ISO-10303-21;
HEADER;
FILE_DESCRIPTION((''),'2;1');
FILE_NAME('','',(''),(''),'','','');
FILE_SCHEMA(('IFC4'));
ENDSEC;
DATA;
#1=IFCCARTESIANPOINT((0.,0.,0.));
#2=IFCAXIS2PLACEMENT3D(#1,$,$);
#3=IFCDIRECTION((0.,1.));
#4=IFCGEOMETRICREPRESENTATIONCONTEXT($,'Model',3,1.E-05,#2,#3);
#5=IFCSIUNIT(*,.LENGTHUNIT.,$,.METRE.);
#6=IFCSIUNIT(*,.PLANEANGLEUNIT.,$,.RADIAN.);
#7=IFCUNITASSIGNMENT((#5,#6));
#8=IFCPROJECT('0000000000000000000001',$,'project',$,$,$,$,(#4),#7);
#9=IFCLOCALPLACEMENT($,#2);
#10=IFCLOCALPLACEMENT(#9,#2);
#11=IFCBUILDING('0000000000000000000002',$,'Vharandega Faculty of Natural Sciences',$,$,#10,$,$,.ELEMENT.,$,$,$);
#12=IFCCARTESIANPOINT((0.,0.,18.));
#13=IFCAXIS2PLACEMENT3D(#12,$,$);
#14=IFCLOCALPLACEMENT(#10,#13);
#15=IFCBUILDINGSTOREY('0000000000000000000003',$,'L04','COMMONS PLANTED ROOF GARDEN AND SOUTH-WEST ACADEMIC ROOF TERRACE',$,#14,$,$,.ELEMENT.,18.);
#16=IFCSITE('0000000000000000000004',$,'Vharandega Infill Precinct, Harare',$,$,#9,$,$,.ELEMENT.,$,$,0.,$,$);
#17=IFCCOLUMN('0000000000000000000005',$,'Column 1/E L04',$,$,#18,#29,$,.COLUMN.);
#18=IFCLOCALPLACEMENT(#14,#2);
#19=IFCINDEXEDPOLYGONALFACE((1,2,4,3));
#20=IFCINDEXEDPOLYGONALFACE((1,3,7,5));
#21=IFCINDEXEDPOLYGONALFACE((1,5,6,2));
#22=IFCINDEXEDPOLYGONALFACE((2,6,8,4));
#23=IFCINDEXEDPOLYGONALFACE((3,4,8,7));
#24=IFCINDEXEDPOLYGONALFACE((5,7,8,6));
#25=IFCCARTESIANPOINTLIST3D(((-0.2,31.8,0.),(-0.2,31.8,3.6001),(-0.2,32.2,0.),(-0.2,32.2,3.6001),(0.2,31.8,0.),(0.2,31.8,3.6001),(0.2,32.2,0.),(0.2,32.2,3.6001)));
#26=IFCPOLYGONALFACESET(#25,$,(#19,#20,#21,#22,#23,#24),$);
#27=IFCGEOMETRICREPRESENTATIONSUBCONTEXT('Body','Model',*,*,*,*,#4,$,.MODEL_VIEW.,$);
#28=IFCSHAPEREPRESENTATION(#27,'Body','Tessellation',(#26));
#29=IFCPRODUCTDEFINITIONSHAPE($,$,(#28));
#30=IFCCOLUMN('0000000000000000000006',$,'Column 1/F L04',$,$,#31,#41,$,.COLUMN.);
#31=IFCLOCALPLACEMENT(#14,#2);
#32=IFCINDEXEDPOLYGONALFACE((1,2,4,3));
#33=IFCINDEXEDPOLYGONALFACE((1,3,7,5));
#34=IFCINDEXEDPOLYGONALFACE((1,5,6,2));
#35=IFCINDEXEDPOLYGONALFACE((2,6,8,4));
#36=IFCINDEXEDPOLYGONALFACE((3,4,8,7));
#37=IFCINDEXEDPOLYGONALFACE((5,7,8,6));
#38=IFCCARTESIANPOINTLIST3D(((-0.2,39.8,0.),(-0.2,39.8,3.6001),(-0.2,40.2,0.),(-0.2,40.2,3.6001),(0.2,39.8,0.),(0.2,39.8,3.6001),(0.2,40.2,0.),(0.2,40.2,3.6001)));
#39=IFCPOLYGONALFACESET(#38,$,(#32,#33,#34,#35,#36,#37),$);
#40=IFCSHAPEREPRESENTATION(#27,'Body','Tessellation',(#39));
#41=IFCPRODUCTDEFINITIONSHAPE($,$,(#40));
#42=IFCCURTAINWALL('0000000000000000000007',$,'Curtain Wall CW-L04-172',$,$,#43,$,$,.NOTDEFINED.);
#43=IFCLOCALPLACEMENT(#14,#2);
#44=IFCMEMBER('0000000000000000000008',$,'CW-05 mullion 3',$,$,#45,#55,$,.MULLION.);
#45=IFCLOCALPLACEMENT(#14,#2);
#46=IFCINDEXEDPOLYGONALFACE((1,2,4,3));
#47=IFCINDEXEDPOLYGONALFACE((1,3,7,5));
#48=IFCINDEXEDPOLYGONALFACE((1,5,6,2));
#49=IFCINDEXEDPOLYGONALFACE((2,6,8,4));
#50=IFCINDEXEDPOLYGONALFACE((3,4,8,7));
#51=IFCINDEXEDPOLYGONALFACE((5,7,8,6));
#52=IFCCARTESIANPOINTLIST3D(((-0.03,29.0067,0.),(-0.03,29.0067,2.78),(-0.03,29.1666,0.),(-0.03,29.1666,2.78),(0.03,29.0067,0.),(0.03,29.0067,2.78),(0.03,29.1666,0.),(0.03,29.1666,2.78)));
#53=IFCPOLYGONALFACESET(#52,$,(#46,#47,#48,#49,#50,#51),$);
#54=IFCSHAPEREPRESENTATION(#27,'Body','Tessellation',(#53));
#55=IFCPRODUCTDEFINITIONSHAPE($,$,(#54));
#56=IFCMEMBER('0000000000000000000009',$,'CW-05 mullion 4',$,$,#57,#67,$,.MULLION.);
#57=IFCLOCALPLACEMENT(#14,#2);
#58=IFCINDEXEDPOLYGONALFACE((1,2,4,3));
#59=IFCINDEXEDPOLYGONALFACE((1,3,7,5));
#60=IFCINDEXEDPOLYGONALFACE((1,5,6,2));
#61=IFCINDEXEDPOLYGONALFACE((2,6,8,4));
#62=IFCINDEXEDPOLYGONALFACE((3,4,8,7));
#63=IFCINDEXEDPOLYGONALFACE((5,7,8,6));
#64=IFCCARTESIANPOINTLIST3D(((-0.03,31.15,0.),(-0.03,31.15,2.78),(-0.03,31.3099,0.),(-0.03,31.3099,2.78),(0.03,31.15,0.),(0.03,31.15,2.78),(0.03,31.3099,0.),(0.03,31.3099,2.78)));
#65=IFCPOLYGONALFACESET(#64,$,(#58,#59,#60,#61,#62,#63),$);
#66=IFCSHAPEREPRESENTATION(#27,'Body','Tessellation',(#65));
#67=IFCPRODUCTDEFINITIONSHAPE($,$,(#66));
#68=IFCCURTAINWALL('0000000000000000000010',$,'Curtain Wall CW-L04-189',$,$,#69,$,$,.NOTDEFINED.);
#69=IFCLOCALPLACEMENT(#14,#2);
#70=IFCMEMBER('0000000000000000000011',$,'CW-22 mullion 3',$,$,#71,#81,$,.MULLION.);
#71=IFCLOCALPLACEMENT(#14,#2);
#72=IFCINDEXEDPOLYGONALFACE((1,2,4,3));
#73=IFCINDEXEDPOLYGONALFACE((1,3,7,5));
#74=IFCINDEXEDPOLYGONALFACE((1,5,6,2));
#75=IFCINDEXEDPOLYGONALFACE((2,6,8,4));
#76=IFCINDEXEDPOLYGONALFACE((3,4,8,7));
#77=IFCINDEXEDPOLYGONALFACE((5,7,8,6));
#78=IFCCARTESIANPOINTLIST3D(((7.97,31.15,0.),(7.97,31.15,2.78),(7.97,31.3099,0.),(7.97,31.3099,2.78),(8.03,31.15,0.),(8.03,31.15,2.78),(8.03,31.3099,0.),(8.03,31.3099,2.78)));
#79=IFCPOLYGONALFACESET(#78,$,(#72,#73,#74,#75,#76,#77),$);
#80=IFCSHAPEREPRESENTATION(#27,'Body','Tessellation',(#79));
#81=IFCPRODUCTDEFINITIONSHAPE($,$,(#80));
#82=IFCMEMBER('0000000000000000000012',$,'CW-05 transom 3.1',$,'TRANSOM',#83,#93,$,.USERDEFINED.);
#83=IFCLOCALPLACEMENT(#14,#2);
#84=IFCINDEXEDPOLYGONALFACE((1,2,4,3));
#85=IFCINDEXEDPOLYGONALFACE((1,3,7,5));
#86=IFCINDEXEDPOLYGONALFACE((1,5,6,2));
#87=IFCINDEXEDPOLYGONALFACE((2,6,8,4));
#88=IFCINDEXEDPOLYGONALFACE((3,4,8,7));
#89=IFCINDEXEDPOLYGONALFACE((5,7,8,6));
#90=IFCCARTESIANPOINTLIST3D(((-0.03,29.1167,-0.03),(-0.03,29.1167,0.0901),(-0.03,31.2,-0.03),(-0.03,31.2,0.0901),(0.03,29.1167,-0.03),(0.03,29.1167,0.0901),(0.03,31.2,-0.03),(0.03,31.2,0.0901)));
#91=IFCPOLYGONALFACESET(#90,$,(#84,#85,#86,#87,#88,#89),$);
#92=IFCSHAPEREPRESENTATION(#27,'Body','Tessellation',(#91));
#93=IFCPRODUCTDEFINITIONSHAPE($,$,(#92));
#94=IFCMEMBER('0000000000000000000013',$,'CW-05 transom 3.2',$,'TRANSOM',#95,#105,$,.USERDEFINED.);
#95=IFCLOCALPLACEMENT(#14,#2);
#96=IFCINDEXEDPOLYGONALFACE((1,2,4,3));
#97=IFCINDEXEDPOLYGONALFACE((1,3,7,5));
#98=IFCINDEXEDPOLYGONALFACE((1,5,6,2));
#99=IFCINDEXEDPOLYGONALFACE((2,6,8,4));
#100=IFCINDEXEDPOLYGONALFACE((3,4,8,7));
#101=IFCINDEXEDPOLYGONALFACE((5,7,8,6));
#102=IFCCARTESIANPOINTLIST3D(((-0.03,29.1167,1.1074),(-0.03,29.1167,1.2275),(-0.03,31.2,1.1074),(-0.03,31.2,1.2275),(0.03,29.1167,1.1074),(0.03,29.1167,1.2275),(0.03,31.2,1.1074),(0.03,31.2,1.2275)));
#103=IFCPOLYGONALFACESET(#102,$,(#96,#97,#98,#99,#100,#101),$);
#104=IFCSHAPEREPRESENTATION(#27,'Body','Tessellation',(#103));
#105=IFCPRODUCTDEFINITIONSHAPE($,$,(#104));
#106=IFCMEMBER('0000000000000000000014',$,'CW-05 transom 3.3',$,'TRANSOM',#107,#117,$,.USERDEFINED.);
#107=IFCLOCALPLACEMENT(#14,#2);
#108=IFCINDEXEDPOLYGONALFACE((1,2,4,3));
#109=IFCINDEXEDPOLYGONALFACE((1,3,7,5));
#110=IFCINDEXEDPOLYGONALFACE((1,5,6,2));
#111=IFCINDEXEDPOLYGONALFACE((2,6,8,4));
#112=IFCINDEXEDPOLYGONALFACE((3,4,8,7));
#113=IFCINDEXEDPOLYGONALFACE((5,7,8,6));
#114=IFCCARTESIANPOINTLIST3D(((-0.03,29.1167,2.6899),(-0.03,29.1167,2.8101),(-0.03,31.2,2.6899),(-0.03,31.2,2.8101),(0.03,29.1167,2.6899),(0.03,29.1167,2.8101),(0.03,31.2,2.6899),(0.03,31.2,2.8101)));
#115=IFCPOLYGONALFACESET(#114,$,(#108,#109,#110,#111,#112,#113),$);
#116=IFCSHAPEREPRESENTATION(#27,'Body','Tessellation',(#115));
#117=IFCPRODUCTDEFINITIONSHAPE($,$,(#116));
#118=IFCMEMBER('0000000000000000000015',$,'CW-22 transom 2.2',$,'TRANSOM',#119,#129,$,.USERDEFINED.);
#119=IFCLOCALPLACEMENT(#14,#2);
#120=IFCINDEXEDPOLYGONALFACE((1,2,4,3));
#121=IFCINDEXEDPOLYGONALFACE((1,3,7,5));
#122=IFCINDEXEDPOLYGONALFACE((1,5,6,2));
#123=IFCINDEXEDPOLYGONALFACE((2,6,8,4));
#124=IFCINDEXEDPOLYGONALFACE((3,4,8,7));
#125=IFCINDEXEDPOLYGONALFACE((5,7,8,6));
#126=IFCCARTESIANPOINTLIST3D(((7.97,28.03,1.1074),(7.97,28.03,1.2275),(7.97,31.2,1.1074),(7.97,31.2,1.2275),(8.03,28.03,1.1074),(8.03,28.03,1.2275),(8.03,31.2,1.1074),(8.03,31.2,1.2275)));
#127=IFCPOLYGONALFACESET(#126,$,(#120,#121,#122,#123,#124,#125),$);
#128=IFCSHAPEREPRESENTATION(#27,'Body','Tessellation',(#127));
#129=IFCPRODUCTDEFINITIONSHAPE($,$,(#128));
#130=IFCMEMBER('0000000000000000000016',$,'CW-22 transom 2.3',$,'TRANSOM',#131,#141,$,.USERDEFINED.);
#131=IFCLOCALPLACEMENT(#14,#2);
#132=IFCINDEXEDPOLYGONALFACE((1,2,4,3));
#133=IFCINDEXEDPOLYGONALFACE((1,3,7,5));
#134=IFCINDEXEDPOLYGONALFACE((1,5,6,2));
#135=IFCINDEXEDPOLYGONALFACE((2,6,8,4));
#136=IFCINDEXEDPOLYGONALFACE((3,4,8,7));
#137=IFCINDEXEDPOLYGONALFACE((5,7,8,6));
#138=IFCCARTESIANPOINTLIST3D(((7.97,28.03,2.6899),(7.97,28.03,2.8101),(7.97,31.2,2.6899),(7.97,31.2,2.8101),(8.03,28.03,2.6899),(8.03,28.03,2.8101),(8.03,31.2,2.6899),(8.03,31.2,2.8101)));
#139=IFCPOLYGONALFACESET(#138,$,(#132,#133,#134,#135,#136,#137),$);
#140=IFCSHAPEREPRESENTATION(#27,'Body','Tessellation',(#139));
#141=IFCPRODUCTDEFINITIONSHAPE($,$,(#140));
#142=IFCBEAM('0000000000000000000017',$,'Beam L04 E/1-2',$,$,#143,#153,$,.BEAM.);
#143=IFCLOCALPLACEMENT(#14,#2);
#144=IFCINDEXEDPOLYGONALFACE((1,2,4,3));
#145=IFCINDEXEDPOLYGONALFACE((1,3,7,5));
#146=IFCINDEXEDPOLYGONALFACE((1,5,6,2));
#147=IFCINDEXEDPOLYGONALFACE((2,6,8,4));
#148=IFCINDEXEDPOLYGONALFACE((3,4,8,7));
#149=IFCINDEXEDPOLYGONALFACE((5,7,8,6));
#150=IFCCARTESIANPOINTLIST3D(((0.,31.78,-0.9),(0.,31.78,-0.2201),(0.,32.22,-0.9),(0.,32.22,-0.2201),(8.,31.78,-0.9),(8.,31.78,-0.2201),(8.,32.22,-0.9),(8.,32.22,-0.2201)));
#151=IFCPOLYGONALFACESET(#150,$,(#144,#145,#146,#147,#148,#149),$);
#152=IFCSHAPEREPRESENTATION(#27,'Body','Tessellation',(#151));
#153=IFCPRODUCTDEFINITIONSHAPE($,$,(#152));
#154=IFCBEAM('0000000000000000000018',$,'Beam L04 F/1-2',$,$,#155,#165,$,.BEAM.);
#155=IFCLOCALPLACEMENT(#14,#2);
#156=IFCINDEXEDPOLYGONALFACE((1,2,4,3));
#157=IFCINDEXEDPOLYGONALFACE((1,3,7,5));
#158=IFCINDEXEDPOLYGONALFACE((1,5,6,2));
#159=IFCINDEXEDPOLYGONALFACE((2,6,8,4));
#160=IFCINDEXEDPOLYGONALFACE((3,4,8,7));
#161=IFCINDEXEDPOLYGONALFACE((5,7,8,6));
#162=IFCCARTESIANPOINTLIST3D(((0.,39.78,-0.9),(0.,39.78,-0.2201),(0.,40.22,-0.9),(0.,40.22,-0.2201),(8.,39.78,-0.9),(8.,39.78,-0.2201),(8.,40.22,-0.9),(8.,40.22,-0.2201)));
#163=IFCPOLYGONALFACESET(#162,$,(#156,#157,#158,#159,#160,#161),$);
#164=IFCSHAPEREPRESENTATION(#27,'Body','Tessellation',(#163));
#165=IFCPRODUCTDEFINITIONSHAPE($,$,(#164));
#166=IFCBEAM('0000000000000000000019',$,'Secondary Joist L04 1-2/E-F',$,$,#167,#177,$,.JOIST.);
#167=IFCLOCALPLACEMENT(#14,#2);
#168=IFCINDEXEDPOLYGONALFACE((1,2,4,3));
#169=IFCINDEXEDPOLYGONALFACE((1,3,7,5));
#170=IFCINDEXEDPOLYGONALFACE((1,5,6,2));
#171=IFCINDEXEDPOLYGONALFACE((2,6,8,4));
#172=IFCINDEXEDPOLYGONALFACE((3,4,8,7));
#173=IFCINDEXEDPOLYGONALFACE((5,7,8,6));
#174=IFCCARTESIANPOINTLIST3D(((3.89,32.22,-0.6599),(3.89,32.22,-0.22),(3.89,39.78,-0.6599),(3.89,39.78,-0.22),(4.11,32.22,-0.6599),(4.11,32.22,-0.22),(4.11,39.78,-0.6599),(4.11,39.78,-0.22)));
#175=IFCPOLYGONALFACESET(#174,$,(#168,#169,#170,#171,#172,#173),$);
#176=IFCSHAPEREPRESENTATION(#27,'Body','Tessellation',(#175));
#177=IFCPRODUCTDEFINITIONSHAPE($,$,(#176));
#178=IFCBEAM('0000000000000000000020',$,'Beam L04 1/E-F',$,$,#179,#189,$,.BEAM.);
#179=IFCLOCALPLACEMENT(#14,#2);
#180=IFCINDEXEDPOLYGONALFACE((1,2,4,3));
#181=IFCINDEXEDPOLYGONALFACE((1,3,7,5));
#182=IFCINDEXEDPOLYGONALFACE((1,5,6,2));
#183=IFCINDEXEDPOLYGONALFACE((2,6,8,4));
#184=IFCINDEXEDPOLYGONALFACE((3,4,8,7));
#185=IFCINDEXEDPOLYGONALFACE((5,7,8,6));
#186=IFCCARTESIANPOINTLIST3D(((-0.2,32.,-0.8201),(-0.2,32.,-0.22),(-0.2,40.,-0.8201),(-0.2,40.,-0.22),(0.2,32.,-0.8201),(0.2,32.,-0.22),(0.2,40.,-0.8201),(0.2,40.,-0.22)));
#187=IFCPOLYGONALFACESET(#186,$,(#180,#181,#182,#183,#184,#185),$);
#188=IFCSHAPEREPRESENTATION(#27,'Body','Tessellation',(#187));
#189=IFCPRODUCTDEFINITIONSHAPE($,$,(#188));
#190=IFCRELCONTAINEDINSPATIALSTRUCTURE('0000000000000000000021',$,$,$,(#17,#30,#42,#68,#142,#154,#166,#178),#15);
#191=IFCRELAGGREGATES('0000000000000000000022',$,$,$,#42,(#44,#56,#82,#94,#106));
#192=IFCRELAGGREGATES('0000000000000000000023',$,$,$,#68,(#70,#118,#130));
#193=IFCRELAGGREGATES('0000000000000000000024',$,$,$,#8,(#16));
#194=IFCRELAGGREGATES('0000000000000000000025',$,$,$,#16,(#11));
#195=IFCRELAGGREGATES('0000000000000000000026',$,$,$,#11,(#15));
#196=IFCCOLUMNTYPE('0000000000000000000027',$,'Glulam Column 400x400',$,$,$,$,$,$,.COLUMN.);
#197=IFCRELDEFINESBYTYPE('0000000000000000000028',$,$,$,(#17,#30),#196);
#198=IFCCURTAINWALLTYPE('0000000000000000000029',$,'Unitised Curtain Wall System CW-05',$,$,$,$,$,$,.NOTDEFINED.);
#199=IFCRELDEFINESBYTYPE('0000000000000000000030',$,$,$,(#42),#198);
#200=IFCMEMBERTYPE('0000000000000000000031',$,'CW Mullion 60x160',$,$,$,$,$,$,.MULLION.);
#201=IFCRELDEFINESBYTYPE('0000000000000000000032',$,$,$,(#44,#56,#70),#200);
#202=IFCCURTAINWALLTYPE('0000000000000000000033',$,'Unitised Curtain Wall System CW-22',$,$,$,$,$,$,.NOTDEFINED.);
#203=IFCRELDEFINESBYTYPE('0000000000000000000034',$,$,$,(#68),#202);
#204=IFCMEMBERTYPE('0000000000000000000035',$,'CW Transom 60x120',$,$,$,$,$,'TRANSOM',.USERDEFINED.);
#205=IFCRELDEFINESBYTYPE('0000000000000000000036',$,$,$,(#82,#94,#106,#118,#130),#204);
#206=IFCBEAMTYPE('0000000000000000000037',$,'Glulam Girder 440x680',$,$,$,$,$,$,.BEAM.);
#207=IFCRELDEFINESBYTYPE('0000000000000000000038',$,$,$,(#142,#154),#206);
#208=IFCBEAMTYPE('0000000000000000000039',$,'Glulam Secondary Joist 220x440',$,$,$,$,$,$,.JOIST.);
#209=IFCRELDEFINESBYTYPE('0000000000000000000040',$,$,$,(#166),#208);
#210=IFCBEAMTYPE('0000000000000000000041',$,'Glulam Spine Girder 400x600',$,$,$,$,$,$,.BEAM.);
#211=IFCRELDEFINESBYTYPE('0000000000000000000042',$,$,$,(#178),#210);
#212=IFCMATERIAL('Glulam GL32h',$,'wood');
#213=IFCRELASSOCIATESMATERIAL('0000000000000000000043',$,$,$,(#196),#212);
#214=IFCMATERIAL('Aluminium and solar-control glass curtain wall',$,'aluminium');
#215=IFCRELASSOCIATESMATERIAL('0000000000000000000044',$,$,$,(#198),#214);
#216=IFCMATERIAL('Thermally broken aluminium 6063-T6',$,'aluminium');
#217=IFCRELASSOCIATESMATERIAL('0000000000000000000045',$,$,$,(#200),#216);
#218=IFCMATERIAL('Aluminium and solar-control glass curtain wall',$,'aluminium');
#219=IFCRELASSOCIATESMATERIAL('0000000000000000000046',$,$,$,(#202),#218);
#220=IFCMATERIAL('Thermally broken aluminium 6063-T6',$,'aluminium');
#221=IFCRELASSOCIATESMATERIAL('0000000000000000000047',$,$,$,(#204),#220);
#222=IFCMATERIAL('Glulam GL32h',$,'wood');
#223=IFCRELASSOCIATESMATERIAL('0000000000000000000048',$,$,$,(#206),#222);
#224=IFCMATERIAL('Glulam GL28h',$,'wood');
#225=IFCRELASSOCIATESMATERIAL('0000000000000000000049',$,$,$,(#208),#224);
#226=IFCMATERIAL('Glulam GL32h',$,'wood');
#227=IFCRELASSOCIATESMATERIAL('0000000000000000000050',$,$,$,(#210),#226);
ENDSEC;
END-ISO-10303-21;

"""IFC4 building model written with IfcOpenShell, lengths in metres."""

from ifc_helpers import new_model, si_unit, direction, frame, origin, origin_2d, place, context, subcontext, project, spatial, rectangle, extrude, material, material_profile, profile_set, type_object, element, aggregate, save


model = new_model("IFC4")

# Units and contexts
model_context = context("Model", 3, precision=1e-05, world=origin(), true_north=direction((0.0, 1.0)))
body_context = subcontext(model_context, "Body", "Model", "MODEL_VIEW")
ifc_project = project(units=[si_unit("LENGTHUNIT", "METRE"), si_unit("PLANEANGLEUNIT", "RADIAN")], contexts=[model_context])

# Site, building, storey
site_placement = place(None, origin())
site = spatial("IfcSite", under=ifc_project, at=site_placement, Name="Vharandega Infill Precinct, Harare", CompositionType="ELEMENT", RefElevation=0.0)
building_placement = place(site_placement, origin())
building = spatial("IfcBuilding", under=site, at=building_placement, Name="Vharandega Faculty of Natural Sciences", CompositionType="ELEMENT")
storey_placement = place(building_placement, frame((0.0, 0.0, 18.0)))
storey = spatial("IfcBuildingStorey", under=building, at=storey_placement, Name="L04", Description="COMMONS PLANTED ROOF GARDEN AND SOUTH-WEST ACADEMIC ROOF TERRACE", CompositionType="ELEMENT", Elevation=18.0)

# Columns
ifc_material_1 = material(Name="Glulam GL32h", Category="wood")
ifc_material_profile_1 = material_profile(ifc_material_1, rectangle(XDim=0.3999, YDim=0.3999, at=origin_2d()), Name="GL32h 400x400")
ifc_profile_set_1 = profile_set([ifc_material_profile_1], Name="Glulam GL32h")
column_type = type_object("IfcColumnType", Name="Glulam Column 400x400", PredefinedType="COLUMN", material=ifc_profile_set_1)
for number, where, z_axis, x_axis, name in (
    (1, (0.0, 32.0, 0.0), (0.0, 0.0, 1.0), (1.0, 0.0, 0.0), "Column 1/E L04"),
    (2, (0.0, 40.0, 0.0), (0.0, 0.0, 1.0), (1.0, 0.0, 0.0), "Column 1/F L04"),
):
    element("IfcColumn", number, at=place(storey_placement, frame(where, z_axis=z_axis, x_axis=x_axis)), inside=storey, type_object=column_type, Name=name, PredefinedType="COLUMN", context=body_context, shape_type="SweptSolid", body=[
        extrude(rectangle(XDim=0.3999, YDim=0.3999, at=origin_2d()), origin(), (0.0, 0.0, 1.0), 3.6001),
    ])

# Curtain wall, members
ifc_material_2 = material(Name="Aluminium and solar-control glass curtain wall", Category="aluminium")
curtain_wall_type_1 = type_object("IfcCurtainWallType", Name="Unitised Curtain Wall System CW-05", PredefinedType="NOTDEFINED", material=ifc_material_2)
curtain_wall_1_placement = place(storey_placement, origin())
curtain_wall_1 = element("IfcCurtainWall", 3, at=curtain_wall_1_placement, inside=storey, type_object=curtain_wall_type_1, Name="Curtain Wall CW-L04-172", PredefinedType="NOTDEFINED")
ifc_material_3 = material(Name="Thermally broken aluminium 6063-T6", Category="aluminium")
ifc_material_profile_2 = material_profile(ifc_material_3, rectangle(XDim=0.0601, YDim=0.1599, at=origin_2d()), Name="ALU 60x160")
ifc_profile_set_2 = profile_set([ifc_material_profile_2], Name="Thermally broken aluminium 6063-T6")
member_type_1 = type_object("IfcMemberType", Name="CW Mullion 60x160", PredefinedType="MULLION", material=ifc_profile_set_2)
member_1_placement = place(storey_placement, frame((0.0, 29.0867, 0.0), z_axis=(0.0, 0.0, 1.0), x_axis=(-1.0, 0.0, 0.0)))
member_1 = element("IfcMember", 4, at=member_1_placement, type_object=member_type_1, Name="CW-05 mullion 3", PredefinedType="MULLION", context=body_context, shape_type="SweptSolid", body=[
    extrude(rectangle(XDim=0.0601, YDim=0.1599, at=origin_2d()), origin(), (0.0, 0.0, 1.0), 2.78),
])
member_2_placement = place(storey_placement, frame((0.0, 31.23, 0.0), z_axis=(0.0, 0.0, 1.0), x_axis=(-1.0, 0.0, 0.0)))
member_2 = element("IfcMember", 5, at=member_2_placement, type_object=member_type_1, Name="CW-05 mullion 4", PredefinedType="MULLION", context=body_context, shape_type="SweptSolid", body=[
    extrude(rectangle(XDim=0.0601, YDim=0.1599, at=origin_2d()), origin(), (0.0, 0.0, 1.0), 2.78),
])

# Curtain wall, member
ifc_material_4 = material(Name="Aluminium and solar-control glass curtain wall", Category="aluminium")
curtain_wall_type_2 = type_object("IfcCurtainWallType", Name="Unitised Curtain Wall System CW-22", PredefinedType="NOTDEFINED", material=ifc_material_4)
curtain_wall_2_placement = place(storey_placement, origin())
curtain_wall_2 = element("IfcCurtainWall", 6, at=curtain_wall_2_placement, inside=storey, type_object=curtain_wall_type_2, Name="Curtain Wall CW-L04-189", PredefinedType="NOTDEFINED")
member_3_placement = place(storey_placement, frame((8.0, 31.23, 0.0), z_axis=(0.0, 0.0, 1.0), x_axis=(-1.0, 0.0, 0.0)))
member_3 = element("IfcMember", 7, at=member_3_placement, type_object=member_type_1, Name="CW-22 mullion 3", PredefinedType="MULLION", context=body_context, shape_type="SweptSolid", body=[
    extrude(rectangle(XDim=0.0601, YDim=0.1599, at=origin_2d()), origin(), (0.0, 0.0, 1.0), 2.78),
])

# Members
ifc_material_5 = material(Name="Thermally broken aluminium 6063-T6", Category="aluminium")
ifc_material_profile_3 = material_profile(ifc_material_5, rectangle(XDim=0.0601, YDim=0.1201, at=origin_2d()), Name="ALU 60x120")
ifc_profile_set_3 = profile_set([ifc_material_profile_3], Name="Thermally broken aluminium 6063-T6")
member_type_2 = type_object("IfcMemberType", Name="CW Transom 60x120", ElementType="TRANSOM", PredefinedType="USERDEFINED", material=ifc_profile_set_3)
member_4_placement = place(storey_placement, frame((0.0, 29.1167, 0.03), z_axis=(0.0, 1.0, 0.0), x_axis=(-1.0, 0.0, 0.0)))
member_4 = element("IfcMember", 8, at=member_4_placement, type_object=member_type_2, Name="CW-05 transom 3.1", ObjectType="TRANSOM", PredefinedType="USERDEFINED", context=body_context, shape_type="SweptSolid", body=[
    extrude(rectangle(XDim=0.0601, YDim=0.1201, at=origin_2d()), origin(), (0.0, 0.0, 1.0), 2.0833),
])
member_5_placement = place(storey_placement, frame((0.0, 29.1167, 1.1675), z_axis=(0.0, 1.0, 0.0), x_axis=(-1.0, 0.0, 0.0)))
member_5 = element("IfcMember", 9, at=member_5_placement, type_object=member_type_2, Name="CW-05 transom 3.2", ObjectType="TRANSOM", PredefinedType="USERDEFINED", context=body_context, shape_type="SweptSolid", body=[
    extrude(rectangle(XDim=0.0601, YDim=0.1201, at=origin_2d()), origin(), (0.0, 0.0, 1.0), 2.0833),
])
member_6_placement = place(storey_placement, frame((0.0, 29.1167, 2.75), z_axis=(0.0, 1.0, 0.0), x_axis=(-1.0, 0.0, 0.0)))
member_6 = element("IfcMember", 10, at=member_6_placement, type_object=member_type_2, Name="CW-05 transom 3.3", ObjectType="TRANSOM", PredefinedType="USERDEFINED", context=body_context, shape_type="SweptSolid", body=[
    extrude(rectangle(XDim=0.0601, YDim=0.1201, at=origin_2d()), origin(), (0.0, 0.0, 1.0), 2.0833),
])
member_7_placement = place(storey_placement, frame((8.0, 28.03, 1.1675), z_axis=(0.0, 1.0, 0.0), x_axis=(-1.0, 0.0, 0.0)))
member_7 = element("IfcMember", 11, at=member_7_placement, type_object=member_type_2, Name="CW-22 transom 2.2", ObjectType="TRANSOM", PredefinedType="USERDEFINED", context=body_context, shape_type="SweptSolid", body=[
    extrude(rectangle(XDim=0.0601, YDim=0.1201, at=origin_2d()), origin(), (0.0, 0.0, 1.0), 3.1699),
])
member_8_placement = place(storey_placement, frame((8.0, 28.03, 2.75), z_axis=(0.0, 1.0, 0.0), x_axis=(-1.0, 0.0, 0.0)))
member_8 = element("IfcMember", 12, at=member_8_placement, type_object=member_type_2, Name="CW-22 transom 2.3", ObjectType="TRANSOM", PredefinedType="USERDEFINED", context=body_context, shape_type="SweptSolid", body=[
    extrude(rectangle(XDim=0.0601, YDim=0.1201, at=origin_2d()), origin(), (0.0, 0.0, 1.0), 3.1699),
])

# Beams
ifc_material_6 = material(Name="Glulam GL32h", Category="wood")
ifc_material_profile_4 = material_profile(ifc_material_6, rectangle(XDim=0.4399, YDim=0.6799, at=origin_2d()), Name="GL32h 440x680")
ifc_profile_set_4 = profile_set([ifc_material_profile_4], Name="Glulam GL32h")
beam_type_1 = type_object("IfcBeamType", Name="Glulam Girder 440x680", PredefinedType="BEAM", material=ifc_profile_set_4)
for number, where, z_axis, x_axis, name in (
    (13, (0.0, 32.0, -0.5601), (1.0, 0.0, 0.0), (0.0, 1.0, 0.0), "Beam L04 E/1-2"),
    (14, (0.0, 40.0, -0.5601), (1.0, 0.0, 0.0), (0.0, 1.0, 0.0), "Beam L04 F/1-2"),
):
    element("IfcBeam", number, at=place(storey_placement, frame(where, z_axis=z_axis, x_axis=x_axis)), inside=storey, type_object=beam_type_1, Name=name, PredefinedType="BEAM", context=body_context, shape_type="SweptSolid", body=[
        extrude(rectangle(XDim=0.4399, YDim=0.6799, at=origin_2d()), origin(), (0.0, 0.0, 1.0), 8.0),
    ])
ifc_material_7 = material(Name="Glulam GL28h", Category="wood")
ifc_material_profile_5 = material_profile(ifc_material_7, rectangle(XDim=0.22, YDim=0.4399, at=origin_2d()), Name="GL28h 220x440")
ifc_profile_set_5 = profile_set([ifc_material_profile_5], Name="Glulam GL28h")
beam_type_2 = type_object("IfcBeamType", Name="Glulam Secondary Joist 220x440", PredefinedType="JOIST", material=ifc_profile_set_5)
beam_placement = place(storey_placement, frame((4.0, 32.22, -0.4399), z_axis=(0.0, 1.0, 0.0), x_axis=(-1.0, 0.0, 0.0)))
element("IfcBeam", 15, at=beam_placement, inside=storey, type_object=beam_type_2, Name="Secondary Joist L04 1-2/E-F", PredefinedType="JOIST", context=body_context, shape_type="SweptSolid", body=[
    extrude(rectangle(XDim=0.22, YDim=0.4399, at=origin_2d()), origin(), (0.0, 0.0, 1.0), 7.5601),
])
ifc_material_8 = material(Name="Glulam GL32h", Category="wood")
ifc_material_profile_6 = material_profile(ifc_material_8, rectangle(XDim=0.3999, YDim=0.6001, at=origin_2d()), Name="GL32h 400x600")
ifc_profile_set_6 = profile_set([ifc_material_profile_6], Name="Glulam GL32h")
beam_type_3 = type_object("IfcBeamType", Name="Glulam Spine Girder 400x600", PredefinedType="BEAM", material=ifc_profile_set_6)
for number, where, z_axis, x_axis, name in (
    (16, (0.0, 32.0, -0.52), (0.0, 1.0, 0.0), (-1.0, 0.0, 0.0), "Beam L04 1/E-F"),
):
    element("IfcBeam", number, at=place(storey_placement, frame(where, z_axis=z_axis, x_axis=x_axis)), inside=storey, type_object=beam_type_3, Name=name, PredefinedType="BEAM", context=body_context, shape_type="SweptSolid", body=[
        extrude(rectangle(XDim=0.3999, YDim=0.6001, at=origin_2d()), origin(), (0.0, 0.0, 1.0), 8.0),
    ])

aggregate(curtain_wall_1, [member_1, member_2, member_4, member_5, member_6])
aggregate(curtain_wall_2, [member_3, member_7, member_8])

save(model, "model.ifc")
